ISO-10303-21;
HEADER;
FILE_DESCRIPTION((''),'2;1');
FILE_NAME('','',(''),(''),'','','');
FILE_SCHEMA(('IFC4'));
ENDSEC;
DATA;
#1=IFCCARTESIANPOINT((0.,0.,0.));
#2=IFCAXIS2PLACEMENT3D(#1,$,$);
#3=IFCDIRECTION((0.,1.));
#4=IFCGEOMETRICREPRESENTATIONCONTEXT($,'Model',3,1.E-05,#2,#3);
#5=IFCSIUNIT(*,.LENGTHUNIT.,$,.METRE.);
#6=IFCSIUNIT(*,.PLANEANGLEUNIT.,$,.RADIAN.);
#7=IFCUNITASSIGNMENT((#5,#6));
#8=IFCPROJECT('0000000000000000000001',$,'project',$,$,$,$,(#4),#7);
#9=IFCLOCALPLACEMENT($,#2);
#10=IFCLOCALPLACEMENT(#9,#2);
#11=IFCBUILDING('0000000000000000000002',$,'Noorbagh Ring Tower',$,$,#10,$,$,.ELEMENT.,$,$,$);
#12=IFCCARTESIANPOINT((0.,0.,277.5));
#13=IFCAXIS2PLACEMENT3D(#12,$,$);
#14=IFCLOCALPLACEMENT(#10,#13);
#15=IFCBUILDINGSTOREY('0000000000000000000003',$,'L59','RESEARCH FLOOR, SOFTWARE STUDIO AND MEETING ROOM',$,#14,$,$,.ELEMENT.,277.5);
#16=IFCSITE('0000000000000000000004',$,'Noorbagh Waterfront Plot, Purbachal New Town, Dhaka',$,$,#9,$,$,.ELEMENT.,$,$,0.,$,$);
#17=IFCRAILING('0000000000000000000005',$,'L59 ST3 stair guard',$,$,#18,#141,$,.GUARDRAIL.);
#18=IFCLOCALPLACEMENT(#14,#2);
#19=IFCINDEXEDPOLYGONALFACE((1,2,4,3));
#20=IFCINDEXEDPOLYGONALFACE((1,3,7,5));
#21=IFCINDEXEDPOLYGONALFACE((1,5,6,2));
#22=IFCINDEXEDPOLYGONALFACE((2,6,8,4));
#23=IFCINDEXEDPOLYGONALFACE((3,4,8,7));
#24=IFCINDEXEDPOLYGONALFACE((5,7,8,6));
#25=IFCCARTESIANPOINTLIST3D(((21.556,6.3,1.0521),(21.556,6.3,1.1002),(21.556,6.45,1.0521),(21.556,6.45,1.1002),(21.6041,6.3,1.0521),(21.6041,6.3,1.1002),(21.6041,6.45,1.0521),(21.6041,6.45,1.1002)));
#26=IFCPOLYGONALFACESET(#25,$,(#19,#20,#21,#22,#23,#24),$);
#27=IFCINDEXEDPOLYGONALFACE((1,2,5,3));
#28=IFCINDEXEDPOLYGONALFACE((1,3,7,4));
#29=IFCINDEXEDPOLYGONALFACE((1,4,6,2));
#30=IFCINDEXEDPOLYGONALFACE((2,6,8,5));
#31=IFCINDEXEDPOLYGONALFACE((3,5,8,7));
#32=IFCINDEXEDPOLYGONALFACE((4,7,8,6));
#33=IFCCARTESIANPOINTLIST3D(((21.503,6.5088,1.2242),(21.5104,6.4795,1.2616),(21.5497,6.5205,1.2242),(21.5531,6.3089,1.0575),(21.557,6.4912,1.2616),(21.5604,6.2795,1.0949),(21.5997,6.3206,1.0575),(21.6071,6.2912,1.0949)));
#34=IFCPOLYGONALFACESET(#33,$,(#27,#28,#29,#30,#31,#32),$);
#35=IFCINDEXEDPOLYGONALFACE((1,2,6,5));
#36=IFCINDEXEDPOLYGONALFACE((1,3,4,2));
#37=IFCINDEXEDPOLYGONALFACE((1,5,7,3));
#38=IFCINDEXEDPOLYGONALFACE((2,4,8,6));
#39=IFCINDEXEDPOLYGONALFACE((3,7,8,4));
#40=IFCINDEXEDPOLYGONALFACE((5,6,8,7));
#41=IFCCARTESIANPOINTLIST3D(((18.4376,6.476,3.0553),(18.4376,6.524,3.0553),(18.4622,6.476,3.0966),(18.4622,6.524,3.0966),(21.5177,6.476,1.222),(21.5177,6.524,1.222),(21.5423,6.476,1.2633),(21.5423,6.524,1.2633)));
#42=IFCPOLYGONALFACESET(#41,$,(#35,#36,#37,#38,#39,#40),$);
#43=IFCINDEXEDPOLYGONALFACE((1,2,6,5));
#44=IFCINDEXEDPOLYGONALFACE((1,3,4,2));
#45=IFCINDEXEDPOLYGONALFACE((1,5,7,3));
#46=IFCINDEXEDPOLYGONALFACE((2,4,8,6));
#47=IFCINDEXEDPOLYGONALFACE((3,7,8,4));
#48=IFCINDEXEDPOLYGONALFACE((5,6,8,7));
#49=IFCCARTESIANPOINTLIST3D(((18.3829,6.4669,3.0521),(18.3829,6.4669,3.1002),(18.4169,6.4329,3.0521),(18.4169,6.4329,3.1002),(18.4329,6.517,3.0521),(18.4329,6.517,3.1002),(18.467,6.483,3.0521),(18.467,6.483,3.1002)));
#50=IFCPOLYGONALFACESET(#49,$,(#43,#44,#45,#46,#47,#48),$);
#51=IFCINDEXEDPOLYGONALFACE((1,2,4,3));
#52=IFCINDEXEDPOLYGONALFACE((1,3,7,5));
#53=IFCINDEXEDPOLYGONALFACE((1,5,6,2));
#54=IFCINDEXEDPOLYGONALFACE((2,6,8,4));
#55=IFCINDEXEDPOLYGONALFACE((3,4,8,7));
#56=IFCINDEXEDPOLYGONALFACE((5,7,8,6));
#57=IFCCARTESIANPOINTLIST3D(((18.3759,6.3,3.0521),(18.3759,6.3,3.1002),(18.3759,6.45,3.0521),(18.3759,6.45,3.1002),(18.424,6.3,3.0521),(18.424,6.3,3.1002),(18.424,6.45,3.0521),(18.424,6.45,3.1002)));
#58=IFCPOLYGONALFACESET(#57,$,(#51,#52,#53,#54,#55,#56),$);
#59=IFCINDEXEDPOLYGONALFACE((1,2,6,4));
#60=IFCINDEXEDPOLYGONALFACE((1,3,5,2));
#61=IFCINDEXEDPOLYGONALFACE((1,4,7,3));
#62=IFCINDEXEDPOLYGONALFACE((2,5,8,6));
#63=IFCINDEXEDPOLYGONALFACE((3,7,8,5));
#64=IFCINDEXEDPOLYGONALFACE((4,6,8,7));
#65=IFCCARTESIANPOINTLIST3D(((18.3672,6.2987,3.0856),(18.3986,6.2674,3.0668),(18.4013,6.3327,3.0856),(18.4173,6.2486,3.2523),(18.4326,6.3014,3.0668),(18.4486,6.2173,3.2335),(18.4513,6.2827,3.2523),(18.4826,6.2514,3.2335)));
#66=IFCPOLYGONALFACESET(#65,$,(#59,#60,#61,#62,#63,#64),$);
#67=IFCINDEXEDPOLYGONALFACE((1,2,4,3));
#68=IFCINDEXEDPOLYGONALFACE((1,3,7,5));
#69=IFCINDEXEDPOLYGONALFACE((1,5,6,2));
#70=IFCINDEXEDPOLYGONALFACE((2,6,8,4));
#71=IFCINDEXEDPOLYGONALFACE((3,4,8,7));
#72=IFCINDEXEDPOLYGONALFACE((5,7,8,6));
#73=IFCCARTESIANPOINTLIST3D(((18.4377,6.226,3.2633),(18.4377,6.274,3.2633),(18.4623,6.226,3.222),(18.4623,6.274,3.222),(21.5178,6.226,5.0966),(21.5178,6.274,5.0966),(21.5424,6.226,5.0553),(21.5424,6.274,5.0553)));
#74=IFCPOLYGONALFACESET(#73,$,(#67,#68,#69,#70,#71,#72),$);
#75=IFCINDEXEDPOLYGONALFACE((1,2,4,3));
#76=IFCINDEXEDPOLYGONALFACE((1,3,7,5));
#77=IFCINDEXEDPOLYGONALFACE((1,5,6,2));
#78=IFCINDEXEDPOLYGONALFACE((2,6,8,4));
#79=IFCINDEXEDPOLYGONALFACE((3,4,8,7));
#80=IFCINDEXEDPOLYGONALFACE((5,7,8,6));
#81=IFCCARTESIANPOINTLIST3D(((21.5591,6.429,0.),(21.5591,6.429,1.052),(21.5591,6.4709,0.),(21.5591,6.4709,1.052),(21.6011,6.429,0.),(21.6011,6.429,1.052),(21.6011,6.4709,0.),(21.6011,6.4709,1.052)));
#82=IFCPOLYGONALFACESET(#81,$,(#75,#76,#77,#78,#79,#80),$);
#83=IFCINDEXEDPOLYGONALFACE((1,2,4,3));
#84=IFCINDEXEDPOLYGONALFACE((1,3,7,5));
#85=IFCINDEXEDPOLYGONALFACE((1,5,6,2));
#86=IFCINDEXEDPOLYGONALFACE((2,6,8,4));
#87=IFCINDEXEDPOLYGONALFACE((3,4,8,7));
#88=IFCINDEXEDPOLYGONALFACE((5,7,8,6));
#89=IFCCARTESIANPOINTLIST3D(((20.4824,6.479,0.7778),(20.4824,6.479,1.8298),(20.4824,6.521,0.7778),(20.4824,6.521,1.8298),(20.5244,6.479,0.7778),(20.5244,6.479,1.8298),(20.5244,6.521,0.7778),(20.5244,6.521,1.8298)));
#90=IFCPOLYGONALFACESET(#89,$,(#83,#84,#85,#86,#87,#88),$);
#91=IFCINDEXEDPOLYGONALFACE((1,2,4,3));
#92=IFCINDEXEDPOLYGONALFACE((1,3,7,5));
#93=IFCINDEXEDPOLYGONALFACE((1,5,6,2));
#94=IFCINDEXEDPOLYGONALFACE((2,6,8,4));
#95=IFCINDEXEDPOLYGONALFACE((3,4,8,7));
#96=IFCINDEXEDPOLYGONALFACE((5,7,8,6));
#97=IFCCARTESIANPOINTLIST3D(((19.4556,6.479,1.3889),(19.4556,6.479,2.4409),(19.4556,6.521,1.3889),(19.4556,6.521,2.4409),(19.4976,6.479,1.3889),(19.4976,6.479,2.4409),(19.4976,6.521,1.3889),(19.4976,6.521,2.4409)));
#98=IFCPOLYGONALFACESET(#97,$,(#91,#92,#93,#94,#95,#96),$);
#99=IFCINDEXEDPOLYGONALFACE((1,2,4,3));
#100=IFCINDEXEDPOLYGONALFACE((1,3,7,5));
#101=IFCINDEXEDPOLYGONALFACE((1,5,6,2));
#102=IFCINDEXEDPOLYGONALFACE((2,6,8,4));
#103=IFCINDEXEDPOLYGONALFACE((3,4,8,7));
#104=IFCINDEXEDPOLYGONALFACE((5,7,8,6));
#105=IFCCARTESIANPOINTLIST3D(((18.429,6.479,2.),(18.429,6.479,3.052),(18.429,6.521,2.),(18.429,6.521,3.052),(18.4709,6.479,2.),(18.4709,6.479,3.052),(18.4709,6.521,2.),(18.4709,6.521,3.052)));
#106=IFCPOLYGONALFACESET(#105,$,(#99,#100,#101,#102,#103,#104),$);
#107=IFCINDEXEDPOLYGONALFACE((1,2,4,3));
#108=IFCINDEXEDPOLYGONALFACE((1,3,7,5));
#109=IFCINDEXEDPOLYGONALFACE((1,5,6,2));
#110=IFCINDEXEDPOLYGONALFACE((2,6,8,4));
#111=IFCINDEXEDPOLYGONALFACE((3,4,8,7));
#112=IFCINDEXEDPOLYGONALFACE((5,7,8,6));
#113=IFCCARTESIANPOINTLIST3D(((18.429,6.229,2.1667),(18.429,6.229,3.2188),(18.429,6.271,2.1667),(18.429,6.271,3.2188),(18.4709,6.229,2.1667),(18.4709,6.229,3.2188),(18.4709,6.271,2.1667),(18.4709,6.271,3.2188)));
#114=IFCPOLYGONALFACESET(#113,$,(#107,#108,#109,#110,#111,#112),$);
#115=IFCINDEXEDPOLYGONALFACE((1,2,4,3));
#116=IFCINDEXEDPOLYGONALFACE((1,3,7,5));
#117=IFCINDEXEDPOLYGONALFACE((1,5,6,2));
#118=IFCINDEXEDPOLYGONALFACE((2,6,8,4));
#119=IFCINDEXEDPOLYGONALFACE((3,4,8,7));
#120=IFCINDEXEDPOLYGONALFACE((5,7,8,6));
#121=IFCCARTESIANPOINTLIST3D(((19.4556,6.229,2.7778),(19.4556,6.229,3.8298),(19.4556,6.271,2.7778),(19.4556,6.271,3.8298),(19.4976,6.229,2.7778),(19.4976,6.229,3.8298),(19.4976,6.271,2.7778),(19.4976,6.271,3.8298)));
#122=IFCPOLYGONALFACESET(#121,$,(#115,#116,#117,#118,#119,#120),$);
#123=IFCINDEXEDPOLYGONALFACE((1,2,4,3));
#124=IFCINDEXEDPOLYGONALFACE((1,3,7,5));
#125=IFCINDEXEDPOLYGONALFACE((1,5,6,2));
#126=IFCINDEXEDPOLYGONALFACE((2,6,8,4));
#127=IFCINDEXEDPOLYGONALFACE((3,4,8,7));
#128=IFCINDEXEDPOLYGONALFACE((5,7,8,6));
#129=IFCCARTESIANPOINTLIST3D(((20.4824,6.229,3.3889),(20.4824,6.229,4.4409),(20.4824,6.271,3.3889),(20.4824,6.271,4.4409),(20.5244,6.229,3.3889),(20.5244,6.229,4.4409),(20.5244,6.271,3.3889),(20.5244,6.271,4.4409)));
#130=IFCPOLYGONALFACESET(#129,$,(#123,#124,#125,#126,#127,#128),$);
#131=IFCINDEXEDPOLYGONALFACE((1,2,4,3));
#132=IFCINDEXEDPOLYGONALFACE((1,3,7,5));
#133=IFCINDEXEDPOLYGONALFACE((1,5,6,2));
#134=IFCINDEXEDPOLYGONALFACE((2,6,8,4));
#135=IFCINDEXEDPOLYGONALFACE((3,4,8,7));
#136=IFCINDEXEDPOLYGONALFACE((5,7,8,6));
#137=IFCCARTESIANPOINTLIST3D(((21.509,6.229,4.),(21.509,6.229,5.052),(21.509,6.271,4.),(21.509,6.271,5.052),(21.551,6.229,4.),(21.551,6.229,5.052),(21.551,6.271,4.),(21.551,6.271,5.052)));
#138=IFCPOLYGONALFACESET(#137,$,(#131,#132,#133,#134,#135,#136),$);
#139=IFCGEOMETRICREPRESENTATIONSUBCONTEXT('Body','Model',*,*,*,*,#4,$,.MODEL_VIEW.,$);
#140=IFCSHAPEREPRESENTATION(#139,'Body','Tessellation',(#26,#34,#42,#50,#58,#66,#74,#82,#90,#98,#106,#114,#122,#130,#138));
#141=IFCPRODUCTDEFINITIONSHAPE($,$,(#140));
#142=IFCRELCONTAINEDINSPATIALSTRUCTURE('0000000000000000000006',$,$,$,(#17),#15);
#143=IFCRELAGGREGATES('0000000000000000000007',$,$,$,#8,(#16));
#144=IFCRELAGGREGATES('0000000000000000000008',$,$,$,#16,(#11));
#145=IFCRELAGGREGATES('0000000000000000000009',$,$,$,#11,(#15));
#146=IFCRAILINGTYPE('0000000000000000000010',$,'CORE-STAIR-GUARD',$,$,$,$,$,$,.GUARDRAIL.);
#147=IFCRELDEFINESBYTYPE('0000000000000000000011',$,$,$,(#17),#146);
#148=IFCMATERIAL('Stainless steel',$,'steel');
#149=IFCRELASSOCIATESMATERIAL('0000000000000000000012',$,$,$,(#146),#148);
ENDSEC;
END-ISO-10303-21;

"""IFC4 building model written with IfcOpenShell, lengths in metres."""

from ifc_helpers import new_model, si_unit, direction, frame, origin, origin_2d, place, context, subcontext, project, spatial, rectangle, extrude, material, type_object, element, save


model = new_model("IFC4")

# Units and contexts
model_context = context("Model", 3, precision=1e-05, world=origin(), true_north=direction((0.0, 1.0)))
body_context = subcontext(model_context, "Body", "Model", "MODEL_VIEW")
ifc_project = project(units=[si_unit("LENGTHUNIT", "METRE"), si_unit("PLANEANGLEUNIT", "RADIAN")], contexts=[model_context])

# Site, building, storey
site_placement = place(None, origin())
site = spatial("IfcSite", under=ifc_project, at=site_placement, Name="Noorbagh Waterfront Plot, Purbachal New Town, Dhaka", CompositionType="ELEMENT", RefElevation=0.0)
building_placement = place(site_placement, origin())
building = spatial("IfcBuilding", under=site, at=building_placement, Name="Noorbagh Ring Tower", CompositionType="ELEMENT")
storey_placement = place(building_placement, frame((0.0, 0.0, 277.5)))
storey = spatial("IfcBuildingStorey", under=building, at=storey_placement, Name="L59", Description="RESEARCH FLOOR, SOFTWARE STUDIO AND MEETING ROOM", CompositionType="ELEMENT", Elevation=277.5)

# Railing
ifc_material_1 = material(Name="Stainless steel", Category="steel")
railing_type = type_object("IfcRailingType", Name="CORE-STAIR-GUARD", PredefinedType="GUARDRAIL", material=ifc_material_1)
railing_placement = place(storey_placement, frame((21.5801, 6.45, 0.0)))
element("IfcRailing", 1, at=railing_placement, inside=storey, type_object=railing_type, Name="L59 ST3 stair guard", PredefinedType="GUARDRAIL", context=body_context, shape_type="SweptSolid", body=[
    extrude(rectangle(XDim=0.0481, YDim=0.0481, at=origin_2d()), frame((0.0, 0.0, 1.0762), z_axis=(0.0, -1.0, 0.0), x_axis=(1.0, 0.0, 0.0)), (0.0, 0.0, 1.0), 0.1499),
    extrude(rectangle(XDim=0.0481, YDim=0.0481, at=origin_2d()), frame((0.0, -0.1499, 1.0762), z_axis=(-0.188776, 0.754182, 0.628946), x_axis=(-0.970073, -0.242814, 0.0)), (0.0, 0.0, 1.0), 0.2651),
    extrude(rectangle(XDim=0.0481, YDim=0.0481, at=origin_2d()), frame((-0.05, 0.05, 1.2427), z_axis=(-0.859309, 0.0, 0.511458), x_axis=(0.0, -1.0, 0.0)), (0.0, 0.0, 1.0), 3.5845),
    extrude(rectangle(XDim=0.0481, YDim=0.0481, at=origin_2d()), frame((-3.1301, 0.05, 3.0762), z_axis=(-0.707107, -0.707107, 0.0), x_axis=(0.707107, -0.707107, 0.0)), (0.0, 0.0, 1.0), 0.0708),
    extrude(rectangle(XDim=0.0481, YDim=0.0481, at=origin_2d()), frame((-3.1802, 0.0, 3.0762), z_axis=(0.0, -1.0, 0.0), x_axis=(1.0, 0.0, 0.0)), (0.0, 0.0, 1.0), 0.1499),
    extrude(rectangle(XDim=0.0481, YDim=0.0481, at=origin_2d()), frame((-3.1802, -0.1499, 3.0762), z_axis=(0.276287, -0.276287, 0.920506), x_axis=(0.707107, 0.707107, 0.0)), (0.0, 0.0, 1.0), 0.1812),
    extrude(rectangle(XDim=0.0481, YDim=0.0481, at=origin_2d()), frame((-3.1301, -0.2, 3.2427), z_axis=(0.859309, 0.0, 0.511458), x_axis=(0.0, 1.0, 0.0)), (0.0, 0.0, 1.0), 3.5845),
    extrude(rectangle(XDim=0.042, YDim=0.042, at=origin_2d()), origin(), (0.0, 0.0, 1.0), 1.052),
    extrude(rectangle(XDim=0.042, YDim=0.042, at=origin_2d()), frame((-1.0767, 0.05, 0.7778)), (0.0, 0.0, 1.0), 1.052),
    extrude(rectangle(XDim=0.042, YDim=0.042, at=origin_2d()), frame((-2.1035, 0.05, 1.3889)), (0.0, 0.0, 1.0), 1.052),
    extrude(rectangle(XDim=0.042, YDim=0.042, at=origin_2d()), frame((-3.1301, 0.05, 2.0)), (0.0, 0.0, 1.0), 1.052),
    extrude(rectangle(XDim=0.042, YDim=0.042, at=origin_2d()), frame((-3.1301, -0.2, 2.1667)), (0.0, 0.0, 1.0), 1.052),
    extrude(rectangle(XDim=0.042, YDim=0.042, at=origin_2d()), frame((-2.1035, -0.2, 2.7778)), (0.0, 0.0, 1.0), 1.052),
    extrude(rectangle(XDim=0.042, YDim=0.042, at=origin_2d()), frame((-1.0767, -0.2, 3.3889)), (0.0, 0.0, 1.0), 1.052),
    extrude(rectangle(XDim=0.042, YDim=0.042, at=origin_2d()), frame((-0.05, -0.2, 4.0)), (0.0, 0.0, 1.0), 1.052),
])

save(model, "model.ifc")
